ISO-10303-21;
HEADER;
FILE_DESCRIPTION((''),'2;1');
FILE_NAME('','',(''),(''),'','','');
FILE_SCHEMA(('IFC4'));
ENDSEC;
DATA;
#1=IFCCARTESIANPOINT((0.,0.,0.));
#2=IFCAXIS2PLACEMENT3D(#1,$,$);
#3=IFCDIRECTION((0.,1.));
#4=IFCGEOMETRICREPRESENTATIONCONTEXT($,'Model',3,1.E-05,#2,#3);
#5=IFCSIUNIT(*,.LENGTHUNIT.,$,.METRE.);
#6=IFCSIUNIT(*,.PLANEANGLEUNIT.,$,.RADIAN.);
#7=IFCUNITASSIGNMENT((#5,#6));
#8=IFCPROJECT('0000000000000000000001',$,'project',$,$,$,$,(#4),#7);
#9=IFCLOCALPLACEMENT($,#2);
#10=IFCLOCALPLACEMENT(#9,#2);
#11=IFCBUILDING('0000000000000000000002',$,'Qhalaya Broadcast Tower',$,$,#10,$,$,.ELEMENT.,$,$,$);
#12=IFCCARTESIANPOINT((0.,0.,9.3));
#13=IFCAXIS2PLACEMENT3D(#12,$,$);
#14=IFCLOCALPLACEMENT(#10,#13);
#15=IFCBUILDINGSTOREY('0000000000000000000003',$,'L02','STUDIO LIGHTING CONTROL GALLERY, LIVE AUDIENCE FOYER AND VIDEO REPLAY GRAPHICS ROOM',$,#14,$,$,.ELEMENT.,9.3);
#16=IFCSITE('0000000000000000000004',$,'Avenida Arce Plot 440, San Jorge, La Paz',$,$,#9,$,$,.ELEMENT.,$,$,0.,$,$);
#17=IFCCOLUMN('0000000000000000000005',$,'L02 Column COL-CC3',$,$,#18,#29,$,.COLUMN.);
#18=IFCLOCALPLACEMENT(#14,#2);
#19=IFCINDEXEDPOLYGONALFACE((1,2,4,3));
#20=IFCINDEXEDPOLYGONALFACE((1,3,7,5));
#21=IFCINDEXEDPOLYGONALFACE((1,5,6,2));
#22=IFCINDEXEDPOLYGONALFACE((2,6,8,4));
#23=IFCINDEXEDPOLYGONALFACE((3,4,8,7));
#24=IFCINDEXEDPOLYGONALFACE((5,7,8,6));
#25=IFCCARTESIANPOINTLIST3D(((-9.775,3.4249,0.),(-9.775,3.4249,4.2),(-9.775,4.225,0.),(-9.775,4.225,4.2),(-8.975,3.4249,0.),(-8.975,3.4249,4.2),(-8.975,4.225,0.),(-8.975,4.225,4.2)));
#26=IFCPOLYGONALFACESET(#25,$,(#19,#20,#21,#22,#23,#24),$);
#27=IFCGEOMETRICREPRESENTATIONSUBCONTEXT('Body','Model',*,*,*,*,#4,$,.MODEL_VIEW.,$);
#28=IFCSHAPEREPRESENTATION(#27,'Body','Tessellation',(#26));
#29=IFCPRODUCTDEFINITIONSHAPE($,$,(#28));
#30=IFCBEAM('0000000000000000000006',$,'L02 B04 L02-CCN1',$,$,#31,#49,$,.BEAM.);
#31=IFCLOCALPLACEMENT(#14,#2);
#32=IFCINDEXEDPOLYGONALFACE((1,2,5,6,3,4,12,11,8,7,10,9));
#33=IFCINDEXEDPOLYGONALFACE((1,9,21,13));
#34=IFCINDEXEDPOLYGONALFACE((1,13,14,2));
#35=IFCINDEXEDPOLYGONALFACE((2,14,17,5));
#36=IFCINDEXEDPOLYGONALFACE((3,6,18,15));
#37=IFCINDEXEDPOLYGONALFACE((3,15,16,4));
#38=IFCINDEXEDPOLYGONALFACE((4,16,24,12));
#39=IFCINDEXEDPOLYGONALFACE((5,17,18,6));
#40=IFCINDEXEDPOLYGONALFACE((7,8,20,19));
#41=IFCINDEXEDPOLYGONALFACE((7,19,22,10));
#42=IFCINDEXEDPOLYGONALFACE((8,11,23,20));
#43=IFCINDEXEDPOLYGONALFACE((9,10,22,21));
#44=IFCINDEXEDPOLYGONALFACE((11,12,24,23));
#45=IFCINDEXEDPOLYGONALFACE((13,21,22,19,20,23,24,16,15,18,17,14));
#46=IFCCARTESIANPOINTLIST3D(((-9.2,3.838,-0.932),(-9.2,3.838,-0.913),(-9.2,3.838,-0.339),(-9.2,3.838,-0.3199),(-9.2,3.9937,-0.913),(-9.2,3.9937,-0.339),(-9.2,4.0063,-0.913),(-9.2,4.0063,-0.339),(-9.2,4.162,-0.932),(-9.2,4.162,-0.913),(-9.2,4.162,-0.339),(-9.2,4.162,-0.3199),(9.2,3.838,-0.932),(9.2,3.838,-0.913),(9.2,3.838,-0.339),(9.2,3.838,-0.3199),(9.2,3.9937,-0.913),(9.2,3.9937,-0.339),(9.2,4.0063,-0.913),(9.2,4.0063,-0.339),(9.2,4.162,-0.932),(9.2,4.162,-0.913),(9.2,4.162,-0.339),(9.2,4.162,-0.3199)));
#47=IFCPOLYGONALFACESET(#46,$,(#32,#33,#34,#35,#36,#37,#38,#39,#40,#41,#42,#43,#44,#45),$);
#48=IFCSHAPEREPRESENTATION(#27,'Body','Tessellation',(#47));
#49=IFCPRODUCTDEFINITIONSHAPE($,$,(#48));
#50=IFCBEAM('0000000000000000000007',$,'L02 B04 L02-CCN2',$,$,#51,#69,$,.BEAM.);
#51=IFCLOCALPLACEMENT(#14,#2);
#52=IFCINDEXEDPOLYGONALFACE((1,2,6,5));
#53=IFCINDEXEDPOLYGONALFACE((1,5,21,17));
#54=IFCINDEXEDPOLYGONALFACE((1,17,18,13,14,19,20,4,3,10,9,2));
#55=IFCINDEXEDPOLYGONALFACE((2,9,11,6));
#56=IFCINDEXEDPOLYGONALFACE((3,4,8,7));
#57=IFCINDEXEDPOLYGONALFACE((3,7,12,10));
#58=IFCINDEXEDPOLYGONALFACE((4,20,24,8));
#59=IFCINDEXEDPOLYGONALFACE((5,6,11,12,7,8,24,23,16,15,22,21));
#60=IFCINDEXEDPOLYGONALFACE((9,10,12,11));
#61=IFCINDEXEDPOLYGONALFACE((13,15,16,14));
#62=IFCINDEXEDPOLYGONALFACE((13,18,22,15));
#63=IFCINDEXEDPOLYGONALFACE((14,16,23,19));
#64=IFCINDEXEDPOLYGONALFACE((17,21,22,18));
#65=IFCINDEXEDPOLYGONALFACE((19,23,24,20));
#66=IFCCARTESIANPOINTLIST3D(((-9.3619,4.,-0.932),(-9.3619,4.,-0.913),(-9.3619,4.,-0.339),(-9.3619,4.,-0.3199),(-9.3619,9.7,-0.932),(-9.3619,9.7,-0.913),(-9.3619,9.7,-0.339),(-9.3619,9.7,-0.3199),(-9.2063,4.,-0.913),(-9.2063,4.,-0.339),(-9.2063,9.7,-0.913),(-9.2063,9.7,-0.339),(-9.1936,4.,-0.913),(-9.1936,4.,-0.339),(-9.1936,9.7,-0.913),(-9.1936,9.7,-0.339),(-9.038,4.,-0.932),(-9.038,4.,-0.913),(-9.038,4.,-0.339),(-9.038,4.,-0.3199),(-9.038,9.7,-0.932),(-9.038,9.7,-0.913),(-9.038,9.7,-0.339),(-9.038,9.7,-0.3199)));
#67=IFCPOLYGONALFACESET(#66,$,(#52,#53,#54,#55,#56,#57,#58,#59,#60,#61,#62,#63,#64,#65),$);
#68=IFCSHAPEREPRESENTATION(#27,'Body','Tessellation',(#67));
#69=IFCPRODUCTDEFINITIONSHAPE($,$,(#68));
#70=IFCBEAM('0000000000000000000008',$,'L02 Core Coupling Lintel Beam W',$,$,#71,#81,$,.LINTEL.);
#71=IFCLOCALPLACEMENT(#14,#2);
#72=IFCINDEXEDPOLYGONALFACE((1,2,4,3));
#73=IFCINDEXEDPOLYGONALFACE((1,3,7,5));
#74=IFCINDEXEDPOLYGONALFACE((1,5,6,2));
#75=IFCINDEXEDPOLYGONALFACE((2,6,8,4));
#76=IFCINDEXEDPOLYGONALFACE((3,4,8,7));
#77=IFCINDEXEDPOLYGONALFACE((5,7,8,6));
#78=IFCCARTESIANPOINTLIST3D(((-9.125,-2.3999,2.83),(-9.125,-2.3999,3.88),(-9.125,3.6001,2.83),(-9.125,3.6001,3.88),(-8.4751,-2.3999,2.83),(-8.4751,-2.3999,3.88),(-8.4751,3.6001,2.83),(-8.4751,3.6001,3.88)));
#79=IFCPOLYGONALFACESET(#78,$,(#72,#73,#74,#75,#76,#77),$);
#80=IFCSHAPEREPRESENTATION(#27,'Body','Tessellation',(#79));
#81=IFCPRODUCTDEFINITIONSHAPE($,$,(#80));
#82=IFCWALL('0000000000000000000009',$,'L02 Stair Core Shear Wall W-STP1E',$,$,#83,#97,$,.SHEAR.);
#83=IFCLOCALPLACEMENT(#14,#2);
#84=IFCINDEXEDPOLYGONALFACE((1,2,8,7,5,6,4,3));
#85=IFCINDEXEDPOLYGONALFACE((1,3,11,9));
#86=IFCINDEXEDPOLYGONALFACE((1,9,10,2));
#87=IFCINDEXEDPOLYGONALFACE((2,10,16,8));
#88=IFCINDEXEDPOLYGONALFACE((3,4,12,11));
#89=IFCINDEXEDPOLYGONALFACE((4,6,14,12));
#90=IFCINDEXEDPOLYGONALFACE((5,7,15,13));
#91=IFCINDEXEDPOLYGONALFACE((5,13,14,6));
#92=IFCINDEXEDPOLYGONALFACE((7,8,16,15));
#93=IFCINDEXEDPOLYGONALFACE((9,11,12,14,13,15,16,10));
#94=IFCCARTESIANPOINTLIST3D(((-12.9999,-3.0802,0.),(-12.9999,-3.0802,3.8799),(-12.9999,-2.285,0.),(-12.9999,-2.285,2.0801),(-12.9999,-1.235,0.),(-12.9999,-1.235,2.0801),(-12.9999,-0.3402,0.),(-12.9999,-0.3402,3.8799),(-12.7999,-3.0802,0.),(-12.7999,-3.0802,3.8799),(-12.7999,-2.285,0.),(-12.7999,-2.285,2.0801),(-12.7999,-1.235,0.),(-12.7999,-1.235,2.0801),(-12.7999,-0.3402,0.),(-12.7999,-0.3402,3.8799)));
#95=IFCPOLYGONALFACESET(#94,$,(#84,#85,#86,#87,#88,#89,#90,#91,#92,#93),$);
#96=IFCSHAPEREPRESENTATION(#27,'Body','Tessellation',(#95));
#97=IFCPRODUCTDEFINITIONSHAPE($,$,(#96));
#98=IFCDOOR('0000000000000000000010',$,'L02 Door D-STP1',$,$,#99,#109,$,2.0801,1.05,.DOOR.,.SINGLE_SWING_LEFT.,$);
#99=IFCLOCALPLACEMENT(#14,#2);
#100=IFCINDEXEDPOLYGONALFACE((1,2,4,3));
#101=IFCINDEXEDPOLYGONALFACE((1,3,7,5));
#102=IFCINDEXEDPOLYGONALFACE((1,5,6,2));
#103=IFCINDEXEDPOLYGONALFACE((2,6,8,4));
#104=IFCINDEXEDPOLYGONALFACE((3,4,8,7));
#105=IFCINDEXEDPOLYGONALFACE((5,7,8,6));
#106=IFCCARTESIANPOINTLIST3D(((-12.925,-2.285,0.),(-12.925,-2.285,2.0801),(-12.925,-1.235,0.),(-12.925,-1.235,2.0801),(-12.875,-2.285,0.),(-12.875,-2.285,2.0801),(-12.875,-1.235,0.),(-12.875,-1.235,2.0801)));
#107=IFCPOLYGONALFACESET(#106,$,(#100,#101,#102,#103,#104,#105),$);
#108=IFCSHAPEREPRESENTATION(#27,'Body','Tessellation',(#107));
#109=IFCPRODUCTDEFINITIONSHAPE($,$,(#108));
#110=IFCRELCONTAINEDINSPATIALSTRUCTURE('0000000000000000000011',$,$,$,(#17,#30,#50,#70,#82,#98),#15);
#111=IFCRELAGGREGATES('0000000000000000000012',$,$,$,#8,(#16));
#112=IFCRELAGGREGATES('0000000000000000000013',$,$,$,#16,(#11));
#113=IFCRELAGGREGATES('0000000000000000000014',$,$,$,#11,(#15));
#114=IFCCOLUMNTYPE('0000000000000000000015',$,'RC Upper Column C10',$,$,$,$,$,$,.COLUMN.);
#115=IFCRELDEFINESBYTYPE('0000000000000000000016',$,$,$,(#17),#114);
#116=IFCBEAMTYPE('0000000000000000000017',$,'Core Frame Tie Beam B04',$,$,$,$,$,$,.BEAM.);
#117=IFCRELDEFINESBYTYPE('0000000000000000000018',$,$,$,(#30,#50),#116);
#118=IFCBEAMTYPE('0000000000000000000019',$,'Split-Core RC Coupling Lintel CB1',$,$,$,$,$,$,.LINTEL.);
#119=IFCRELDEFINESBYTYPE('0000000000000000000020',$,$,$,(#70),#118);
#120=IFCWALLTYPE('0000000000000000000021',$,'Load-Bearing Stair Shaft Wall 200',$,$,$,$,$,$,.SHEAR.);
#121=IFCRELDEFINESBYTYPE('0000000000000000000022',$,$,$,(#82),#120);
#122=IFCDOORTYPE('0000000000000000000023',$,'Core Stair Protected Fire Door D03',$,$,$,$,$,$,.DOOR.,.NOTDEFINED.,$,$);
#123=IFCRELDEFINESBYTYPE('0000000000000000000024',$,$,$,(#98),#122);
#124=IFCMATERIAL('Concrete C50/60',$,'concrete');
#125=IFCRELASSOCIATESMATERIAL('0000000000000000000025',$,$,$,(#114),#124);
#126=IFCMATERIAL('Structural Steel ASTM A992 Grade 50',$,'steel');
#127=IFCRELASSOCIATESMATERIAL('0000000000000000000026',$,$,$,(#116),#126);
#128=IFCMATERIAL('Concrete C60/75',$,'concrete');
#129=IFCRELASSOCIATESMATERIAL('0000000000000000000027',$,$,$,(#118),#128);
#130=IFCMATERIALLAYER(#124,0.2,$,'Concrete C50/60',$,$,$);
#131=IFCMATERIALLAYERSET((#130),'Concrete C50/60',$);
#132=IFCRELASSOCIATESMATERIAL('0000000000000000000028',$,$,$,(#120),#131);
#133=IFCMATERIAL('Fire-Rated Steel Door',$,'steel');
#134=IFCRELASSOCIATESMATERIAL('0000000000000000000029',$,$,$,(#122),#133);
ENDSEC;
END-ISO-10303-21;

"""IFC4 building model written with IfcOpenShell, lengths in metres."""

from ifc_helpers import new_model, si_unit, direction, frame, frame_2d, origin, origin_2d, place, context, subcontext, project, spatial, rectangle, i_section, extrude, material, layer, layer_set, material_profile, profile_set, type_object, element, fill, save


model = new_model("IFC4")

# Units and contexts
model_context = context("Model", 3, precision=1e-05, world=origin(), true_north=direction((0.0, 1.0)))
body_context = subcontext(model_context, "Body", "Model", "MODEL_VIEW")
ifc_project = project(units=[si_unit("LENGTHUNIT", "METRE"), si_unit("PLANEANGLEUNIT", "RADIAN")], contexts=[model_context])

# Site, building, storey
site_placement = place(None, origin())
site = spatial("IfcSite", under=ifc_project, at=site_placement, Name="Avenida Arce Plot 440, San Jorge, La Paz", CompositionType="ELEMENT", RefElevation=0.0)
building_placement = place(site_placement, origin())
building = spatial("IfcBuilding", under=site, at=building_placement, Name="Qhalaya Broadcast Tower", CompositionType="ELEMENT")
storey_placement = place(building_placement, frame((0.0, 0.0, 9.3)))
storey = spatial("IfcBuildingStorey", under=building, at=storey_placement, Name="L02", Description="STUDIO LIGHTING CONTROL GALLERY, LIVE AUDIENCE FOYER AND VIDEO REPLAY GRAPHICS ROOM", CompositionType="ELEMENT", Elevation=9.3)

# Column
ifc_material_1 = material(Name="Concrete C50/60", Category="concrete")
ifc_material_profile_1 = material_profile(ifc_material_1, rectangle(XDim=0.8, YDim=0.8, at=origin_2d()), Name="RC-COL 800x800")
ifc_profile_set_1 = profile_set([ifc_material_profile_1], Name="Concrete C50/60")
column_type = type_object("IfcColumnType", Name="RC Upper Column C10", PredefinedType="COLUMN", material=ifc_profile_set_1)
column_placement = place(storey_placement, frame((-9.375, 3.825, 0.0), z_axis=(0.0, 0.0, 1.0), x_axis=(1.0, 0.0, 0.0)))
element("IfcColumn", 1, at=column_placement, inside=storey, type_object=column_type, Name="L02 Column COL-CC3", PredefinedType="COLUMN", context=body_context, shape_type="SweptSolid", body=[
    extrude(rectangle(XDim=0.8, YDim=0.8, at=origin_2d()), origin(), (0.0, 0.0, 1.0), 4.2),
])

# Beams
ifc_material_2 = material(Name="Structural Steel ASTM A992 Grade 50", Category="steel")
ifc_material_profile_2 = material_profile(ifc_material_2, i_section(OverallWidth=0.324, OverallDepth=0.6121, WebThickness=0.0127, FlangeThickness=0.019, at=origin_2d()), Name="W24X104")
ifc_profile_set_2 = profile_set([ifc_material_profile_2], Name="Structural Steel ASTM A992 Grade 50")
beam_type_1 = type_object("IfcBeamType", Name="Core Frame Tie Beam B04", PredefinedType="BEAM", material=ifc_profile_set_2)
beam_1_placement = place(storey_placement, frame((-9.2, 4.0, -0.626), z_axis=(1.0, 0.0, 0.0), x_axis=(0.0, 1.0, 0.0)))
element("IfcBeam", 2, at=beam_1_placement, inside=storey, type_object=beam_type_1, Name="L02 B04 L02-CCN1", PredefinedType="BEAM", context=body_context, shape_type="SweptSolid", body=[
    extrude(i_section(OverallWidth=0.324, OverallDepth=0.6121, WebThickness=0.0127, FlangeThickness=0.019, at=origin_2d()), origin(), (0.0, 0.0, 1.0), 18.3999),
])
beam_2_placement = place(storey_placement, frame((-9.2, 4.0, -0.626), z_axis=(0.0, 1.0, 0.0), x_axis=(-1.0, 0.0, 0.0)))
element("IfcBeam", 3, at=beam_2_placement, inside=storey, type_object=beam_type_1, Name="L02 B04 L02-CCN2", PredefinedType="BEAM", context=body_context, shape_type="SweptSolid", body=[
    extrude(i_section(OverallWidth=0.324, OverallDepth=0.6121, WebThickness=0.0127, FlangeThickness=0.019, at=origin_2d()), origin(), (0.0, 0.0, 1.0), 5.7),
])
ifc_material_3 = material(Name="Concrete C60/75", Category="concrete")
ifc_material_profile_3 = material_profile(ifc_material_3, rectangle(XDim=0.6499, YDim=1.05, at=origin_2d()), Name="RC-CB 650x1050")
ifc_profile_set_3 = profile_set([ifc_material_profile_3], Name="Concrete C60/75")
beam_type_2 = type_object("IfcBeamType", Name="Split-Core RC Coupling Lintel CB1", PredefinedType="LINTEL", material=ifc_profile_set_3)
beam_3_placement = place(storey_placement, frame((-8.8, -2.3999, 3.355), z_axis=(0.0, 1.0, 0.0), x_axis=(-1.0, 0.0, 0.0)))
element("IfcBeam", 4, at=beam_3_placement, inside=storey, type_object=beam_type_2, Name="L02 Core Coupling Lintel Beam W", PredefinedType="LINTEL", context=body_context, shape_type="SweptSolid", body=[
    extrude(rectangle(XDim=0.6499, YDim=1.05, at=origin_2d()), origin(), (0.0, 0.0, 1.0), 6.0),
])

# Wall, opening, door
ifc_layer_1 = layer(ifc_material_1, 0.2, Name="Concrete C50/60")
ifc_layer_set_1 = layer_set([ifc_layer_1], Name="Concrete C50/60")
wall_type_1 = type_object("IfcWallType", Name="Load-Bearing Stair Shaft Wall 200", PredefinedType="SHEAR", material=ifc_layer_set_1)
wall_1_placement = place(storey_placement, frame((-12.8999, -0.3401, 0.0), z_axis=(0.0, 0.0, 1.0), x_axis=(0.0, -1.0, 0.0)))
wall_1 = element("IfcWall", 5, at=wall_1_placement, inside=storey, type_object=wall_type_1, Name="L02 Stair Core Shear Wall W-STP1E", PredefinedType="SHEAR", context=body_context, shape_type="SweptSolid", body=[
    extrude(rectangle(XDim=2.74, YDim=0.2, at=frame_2d((1.3701, 0.0))), origin(), (0.0, 0.0, 1.0), 3.8799),
])
opening_1_placement = place(wall_1_placement, frame((0.895, 0.0, 0.0)))
opening_1 = element("IfcOpeningElement", 6, at=opening_1_placement, cuts=wall_1, PredefinedType="OPENING", context=body_context, shape_type="SweptSolid", body=[
    extrude(rectangle(XDim=1.05, YDim=2.0801, at=frame_2d((0.5249, 1.04))), frame((0.0, 0.1121, 0.0), z_axis=(0.0, -1.0, 0.0), x_axis=(1.0, 0.0, 0.0)), (0.0, 0.0, 1.0), 0.2239),
])
ifc_material_4 = material(Name="Fire-Rated Steel Door", Category="steel")
door_type_1 = type_object("IfcDoorType", Name="Core Stair Protected Fire Door D03", OperationType="NOTDEFINED", PredefinedType="DOOR", material=ifc_material_4)
door_1_placement = place(opening_1_placement, origin())
door_1 = element("IfcDoor", 7, at=door_1_placement, inside=storey, type_object=door_type_1, Name="L02 Door D-STP1", OperationType="SINGLE_SWING_LEFT", OverallHeight=2.0801, OverallWidth=1.05, PredefinedType="DOOR", context=body_context, shape_type="SweptSolid", body=[
    extrude(rectangle(XDim=1.05, YDim=2.0801, at=frame_2d((0.5249, 1.04))), frame((0.0, 0.0249, 0.0), z_axis=(0.0, -1.0, 0.0), x_axis=(1.0, 0.0, 0.0)), (0.0, 0.0, 1.0), 0.05),
])
fill(opening_1, door_1)

save(model, "model.ifc")
